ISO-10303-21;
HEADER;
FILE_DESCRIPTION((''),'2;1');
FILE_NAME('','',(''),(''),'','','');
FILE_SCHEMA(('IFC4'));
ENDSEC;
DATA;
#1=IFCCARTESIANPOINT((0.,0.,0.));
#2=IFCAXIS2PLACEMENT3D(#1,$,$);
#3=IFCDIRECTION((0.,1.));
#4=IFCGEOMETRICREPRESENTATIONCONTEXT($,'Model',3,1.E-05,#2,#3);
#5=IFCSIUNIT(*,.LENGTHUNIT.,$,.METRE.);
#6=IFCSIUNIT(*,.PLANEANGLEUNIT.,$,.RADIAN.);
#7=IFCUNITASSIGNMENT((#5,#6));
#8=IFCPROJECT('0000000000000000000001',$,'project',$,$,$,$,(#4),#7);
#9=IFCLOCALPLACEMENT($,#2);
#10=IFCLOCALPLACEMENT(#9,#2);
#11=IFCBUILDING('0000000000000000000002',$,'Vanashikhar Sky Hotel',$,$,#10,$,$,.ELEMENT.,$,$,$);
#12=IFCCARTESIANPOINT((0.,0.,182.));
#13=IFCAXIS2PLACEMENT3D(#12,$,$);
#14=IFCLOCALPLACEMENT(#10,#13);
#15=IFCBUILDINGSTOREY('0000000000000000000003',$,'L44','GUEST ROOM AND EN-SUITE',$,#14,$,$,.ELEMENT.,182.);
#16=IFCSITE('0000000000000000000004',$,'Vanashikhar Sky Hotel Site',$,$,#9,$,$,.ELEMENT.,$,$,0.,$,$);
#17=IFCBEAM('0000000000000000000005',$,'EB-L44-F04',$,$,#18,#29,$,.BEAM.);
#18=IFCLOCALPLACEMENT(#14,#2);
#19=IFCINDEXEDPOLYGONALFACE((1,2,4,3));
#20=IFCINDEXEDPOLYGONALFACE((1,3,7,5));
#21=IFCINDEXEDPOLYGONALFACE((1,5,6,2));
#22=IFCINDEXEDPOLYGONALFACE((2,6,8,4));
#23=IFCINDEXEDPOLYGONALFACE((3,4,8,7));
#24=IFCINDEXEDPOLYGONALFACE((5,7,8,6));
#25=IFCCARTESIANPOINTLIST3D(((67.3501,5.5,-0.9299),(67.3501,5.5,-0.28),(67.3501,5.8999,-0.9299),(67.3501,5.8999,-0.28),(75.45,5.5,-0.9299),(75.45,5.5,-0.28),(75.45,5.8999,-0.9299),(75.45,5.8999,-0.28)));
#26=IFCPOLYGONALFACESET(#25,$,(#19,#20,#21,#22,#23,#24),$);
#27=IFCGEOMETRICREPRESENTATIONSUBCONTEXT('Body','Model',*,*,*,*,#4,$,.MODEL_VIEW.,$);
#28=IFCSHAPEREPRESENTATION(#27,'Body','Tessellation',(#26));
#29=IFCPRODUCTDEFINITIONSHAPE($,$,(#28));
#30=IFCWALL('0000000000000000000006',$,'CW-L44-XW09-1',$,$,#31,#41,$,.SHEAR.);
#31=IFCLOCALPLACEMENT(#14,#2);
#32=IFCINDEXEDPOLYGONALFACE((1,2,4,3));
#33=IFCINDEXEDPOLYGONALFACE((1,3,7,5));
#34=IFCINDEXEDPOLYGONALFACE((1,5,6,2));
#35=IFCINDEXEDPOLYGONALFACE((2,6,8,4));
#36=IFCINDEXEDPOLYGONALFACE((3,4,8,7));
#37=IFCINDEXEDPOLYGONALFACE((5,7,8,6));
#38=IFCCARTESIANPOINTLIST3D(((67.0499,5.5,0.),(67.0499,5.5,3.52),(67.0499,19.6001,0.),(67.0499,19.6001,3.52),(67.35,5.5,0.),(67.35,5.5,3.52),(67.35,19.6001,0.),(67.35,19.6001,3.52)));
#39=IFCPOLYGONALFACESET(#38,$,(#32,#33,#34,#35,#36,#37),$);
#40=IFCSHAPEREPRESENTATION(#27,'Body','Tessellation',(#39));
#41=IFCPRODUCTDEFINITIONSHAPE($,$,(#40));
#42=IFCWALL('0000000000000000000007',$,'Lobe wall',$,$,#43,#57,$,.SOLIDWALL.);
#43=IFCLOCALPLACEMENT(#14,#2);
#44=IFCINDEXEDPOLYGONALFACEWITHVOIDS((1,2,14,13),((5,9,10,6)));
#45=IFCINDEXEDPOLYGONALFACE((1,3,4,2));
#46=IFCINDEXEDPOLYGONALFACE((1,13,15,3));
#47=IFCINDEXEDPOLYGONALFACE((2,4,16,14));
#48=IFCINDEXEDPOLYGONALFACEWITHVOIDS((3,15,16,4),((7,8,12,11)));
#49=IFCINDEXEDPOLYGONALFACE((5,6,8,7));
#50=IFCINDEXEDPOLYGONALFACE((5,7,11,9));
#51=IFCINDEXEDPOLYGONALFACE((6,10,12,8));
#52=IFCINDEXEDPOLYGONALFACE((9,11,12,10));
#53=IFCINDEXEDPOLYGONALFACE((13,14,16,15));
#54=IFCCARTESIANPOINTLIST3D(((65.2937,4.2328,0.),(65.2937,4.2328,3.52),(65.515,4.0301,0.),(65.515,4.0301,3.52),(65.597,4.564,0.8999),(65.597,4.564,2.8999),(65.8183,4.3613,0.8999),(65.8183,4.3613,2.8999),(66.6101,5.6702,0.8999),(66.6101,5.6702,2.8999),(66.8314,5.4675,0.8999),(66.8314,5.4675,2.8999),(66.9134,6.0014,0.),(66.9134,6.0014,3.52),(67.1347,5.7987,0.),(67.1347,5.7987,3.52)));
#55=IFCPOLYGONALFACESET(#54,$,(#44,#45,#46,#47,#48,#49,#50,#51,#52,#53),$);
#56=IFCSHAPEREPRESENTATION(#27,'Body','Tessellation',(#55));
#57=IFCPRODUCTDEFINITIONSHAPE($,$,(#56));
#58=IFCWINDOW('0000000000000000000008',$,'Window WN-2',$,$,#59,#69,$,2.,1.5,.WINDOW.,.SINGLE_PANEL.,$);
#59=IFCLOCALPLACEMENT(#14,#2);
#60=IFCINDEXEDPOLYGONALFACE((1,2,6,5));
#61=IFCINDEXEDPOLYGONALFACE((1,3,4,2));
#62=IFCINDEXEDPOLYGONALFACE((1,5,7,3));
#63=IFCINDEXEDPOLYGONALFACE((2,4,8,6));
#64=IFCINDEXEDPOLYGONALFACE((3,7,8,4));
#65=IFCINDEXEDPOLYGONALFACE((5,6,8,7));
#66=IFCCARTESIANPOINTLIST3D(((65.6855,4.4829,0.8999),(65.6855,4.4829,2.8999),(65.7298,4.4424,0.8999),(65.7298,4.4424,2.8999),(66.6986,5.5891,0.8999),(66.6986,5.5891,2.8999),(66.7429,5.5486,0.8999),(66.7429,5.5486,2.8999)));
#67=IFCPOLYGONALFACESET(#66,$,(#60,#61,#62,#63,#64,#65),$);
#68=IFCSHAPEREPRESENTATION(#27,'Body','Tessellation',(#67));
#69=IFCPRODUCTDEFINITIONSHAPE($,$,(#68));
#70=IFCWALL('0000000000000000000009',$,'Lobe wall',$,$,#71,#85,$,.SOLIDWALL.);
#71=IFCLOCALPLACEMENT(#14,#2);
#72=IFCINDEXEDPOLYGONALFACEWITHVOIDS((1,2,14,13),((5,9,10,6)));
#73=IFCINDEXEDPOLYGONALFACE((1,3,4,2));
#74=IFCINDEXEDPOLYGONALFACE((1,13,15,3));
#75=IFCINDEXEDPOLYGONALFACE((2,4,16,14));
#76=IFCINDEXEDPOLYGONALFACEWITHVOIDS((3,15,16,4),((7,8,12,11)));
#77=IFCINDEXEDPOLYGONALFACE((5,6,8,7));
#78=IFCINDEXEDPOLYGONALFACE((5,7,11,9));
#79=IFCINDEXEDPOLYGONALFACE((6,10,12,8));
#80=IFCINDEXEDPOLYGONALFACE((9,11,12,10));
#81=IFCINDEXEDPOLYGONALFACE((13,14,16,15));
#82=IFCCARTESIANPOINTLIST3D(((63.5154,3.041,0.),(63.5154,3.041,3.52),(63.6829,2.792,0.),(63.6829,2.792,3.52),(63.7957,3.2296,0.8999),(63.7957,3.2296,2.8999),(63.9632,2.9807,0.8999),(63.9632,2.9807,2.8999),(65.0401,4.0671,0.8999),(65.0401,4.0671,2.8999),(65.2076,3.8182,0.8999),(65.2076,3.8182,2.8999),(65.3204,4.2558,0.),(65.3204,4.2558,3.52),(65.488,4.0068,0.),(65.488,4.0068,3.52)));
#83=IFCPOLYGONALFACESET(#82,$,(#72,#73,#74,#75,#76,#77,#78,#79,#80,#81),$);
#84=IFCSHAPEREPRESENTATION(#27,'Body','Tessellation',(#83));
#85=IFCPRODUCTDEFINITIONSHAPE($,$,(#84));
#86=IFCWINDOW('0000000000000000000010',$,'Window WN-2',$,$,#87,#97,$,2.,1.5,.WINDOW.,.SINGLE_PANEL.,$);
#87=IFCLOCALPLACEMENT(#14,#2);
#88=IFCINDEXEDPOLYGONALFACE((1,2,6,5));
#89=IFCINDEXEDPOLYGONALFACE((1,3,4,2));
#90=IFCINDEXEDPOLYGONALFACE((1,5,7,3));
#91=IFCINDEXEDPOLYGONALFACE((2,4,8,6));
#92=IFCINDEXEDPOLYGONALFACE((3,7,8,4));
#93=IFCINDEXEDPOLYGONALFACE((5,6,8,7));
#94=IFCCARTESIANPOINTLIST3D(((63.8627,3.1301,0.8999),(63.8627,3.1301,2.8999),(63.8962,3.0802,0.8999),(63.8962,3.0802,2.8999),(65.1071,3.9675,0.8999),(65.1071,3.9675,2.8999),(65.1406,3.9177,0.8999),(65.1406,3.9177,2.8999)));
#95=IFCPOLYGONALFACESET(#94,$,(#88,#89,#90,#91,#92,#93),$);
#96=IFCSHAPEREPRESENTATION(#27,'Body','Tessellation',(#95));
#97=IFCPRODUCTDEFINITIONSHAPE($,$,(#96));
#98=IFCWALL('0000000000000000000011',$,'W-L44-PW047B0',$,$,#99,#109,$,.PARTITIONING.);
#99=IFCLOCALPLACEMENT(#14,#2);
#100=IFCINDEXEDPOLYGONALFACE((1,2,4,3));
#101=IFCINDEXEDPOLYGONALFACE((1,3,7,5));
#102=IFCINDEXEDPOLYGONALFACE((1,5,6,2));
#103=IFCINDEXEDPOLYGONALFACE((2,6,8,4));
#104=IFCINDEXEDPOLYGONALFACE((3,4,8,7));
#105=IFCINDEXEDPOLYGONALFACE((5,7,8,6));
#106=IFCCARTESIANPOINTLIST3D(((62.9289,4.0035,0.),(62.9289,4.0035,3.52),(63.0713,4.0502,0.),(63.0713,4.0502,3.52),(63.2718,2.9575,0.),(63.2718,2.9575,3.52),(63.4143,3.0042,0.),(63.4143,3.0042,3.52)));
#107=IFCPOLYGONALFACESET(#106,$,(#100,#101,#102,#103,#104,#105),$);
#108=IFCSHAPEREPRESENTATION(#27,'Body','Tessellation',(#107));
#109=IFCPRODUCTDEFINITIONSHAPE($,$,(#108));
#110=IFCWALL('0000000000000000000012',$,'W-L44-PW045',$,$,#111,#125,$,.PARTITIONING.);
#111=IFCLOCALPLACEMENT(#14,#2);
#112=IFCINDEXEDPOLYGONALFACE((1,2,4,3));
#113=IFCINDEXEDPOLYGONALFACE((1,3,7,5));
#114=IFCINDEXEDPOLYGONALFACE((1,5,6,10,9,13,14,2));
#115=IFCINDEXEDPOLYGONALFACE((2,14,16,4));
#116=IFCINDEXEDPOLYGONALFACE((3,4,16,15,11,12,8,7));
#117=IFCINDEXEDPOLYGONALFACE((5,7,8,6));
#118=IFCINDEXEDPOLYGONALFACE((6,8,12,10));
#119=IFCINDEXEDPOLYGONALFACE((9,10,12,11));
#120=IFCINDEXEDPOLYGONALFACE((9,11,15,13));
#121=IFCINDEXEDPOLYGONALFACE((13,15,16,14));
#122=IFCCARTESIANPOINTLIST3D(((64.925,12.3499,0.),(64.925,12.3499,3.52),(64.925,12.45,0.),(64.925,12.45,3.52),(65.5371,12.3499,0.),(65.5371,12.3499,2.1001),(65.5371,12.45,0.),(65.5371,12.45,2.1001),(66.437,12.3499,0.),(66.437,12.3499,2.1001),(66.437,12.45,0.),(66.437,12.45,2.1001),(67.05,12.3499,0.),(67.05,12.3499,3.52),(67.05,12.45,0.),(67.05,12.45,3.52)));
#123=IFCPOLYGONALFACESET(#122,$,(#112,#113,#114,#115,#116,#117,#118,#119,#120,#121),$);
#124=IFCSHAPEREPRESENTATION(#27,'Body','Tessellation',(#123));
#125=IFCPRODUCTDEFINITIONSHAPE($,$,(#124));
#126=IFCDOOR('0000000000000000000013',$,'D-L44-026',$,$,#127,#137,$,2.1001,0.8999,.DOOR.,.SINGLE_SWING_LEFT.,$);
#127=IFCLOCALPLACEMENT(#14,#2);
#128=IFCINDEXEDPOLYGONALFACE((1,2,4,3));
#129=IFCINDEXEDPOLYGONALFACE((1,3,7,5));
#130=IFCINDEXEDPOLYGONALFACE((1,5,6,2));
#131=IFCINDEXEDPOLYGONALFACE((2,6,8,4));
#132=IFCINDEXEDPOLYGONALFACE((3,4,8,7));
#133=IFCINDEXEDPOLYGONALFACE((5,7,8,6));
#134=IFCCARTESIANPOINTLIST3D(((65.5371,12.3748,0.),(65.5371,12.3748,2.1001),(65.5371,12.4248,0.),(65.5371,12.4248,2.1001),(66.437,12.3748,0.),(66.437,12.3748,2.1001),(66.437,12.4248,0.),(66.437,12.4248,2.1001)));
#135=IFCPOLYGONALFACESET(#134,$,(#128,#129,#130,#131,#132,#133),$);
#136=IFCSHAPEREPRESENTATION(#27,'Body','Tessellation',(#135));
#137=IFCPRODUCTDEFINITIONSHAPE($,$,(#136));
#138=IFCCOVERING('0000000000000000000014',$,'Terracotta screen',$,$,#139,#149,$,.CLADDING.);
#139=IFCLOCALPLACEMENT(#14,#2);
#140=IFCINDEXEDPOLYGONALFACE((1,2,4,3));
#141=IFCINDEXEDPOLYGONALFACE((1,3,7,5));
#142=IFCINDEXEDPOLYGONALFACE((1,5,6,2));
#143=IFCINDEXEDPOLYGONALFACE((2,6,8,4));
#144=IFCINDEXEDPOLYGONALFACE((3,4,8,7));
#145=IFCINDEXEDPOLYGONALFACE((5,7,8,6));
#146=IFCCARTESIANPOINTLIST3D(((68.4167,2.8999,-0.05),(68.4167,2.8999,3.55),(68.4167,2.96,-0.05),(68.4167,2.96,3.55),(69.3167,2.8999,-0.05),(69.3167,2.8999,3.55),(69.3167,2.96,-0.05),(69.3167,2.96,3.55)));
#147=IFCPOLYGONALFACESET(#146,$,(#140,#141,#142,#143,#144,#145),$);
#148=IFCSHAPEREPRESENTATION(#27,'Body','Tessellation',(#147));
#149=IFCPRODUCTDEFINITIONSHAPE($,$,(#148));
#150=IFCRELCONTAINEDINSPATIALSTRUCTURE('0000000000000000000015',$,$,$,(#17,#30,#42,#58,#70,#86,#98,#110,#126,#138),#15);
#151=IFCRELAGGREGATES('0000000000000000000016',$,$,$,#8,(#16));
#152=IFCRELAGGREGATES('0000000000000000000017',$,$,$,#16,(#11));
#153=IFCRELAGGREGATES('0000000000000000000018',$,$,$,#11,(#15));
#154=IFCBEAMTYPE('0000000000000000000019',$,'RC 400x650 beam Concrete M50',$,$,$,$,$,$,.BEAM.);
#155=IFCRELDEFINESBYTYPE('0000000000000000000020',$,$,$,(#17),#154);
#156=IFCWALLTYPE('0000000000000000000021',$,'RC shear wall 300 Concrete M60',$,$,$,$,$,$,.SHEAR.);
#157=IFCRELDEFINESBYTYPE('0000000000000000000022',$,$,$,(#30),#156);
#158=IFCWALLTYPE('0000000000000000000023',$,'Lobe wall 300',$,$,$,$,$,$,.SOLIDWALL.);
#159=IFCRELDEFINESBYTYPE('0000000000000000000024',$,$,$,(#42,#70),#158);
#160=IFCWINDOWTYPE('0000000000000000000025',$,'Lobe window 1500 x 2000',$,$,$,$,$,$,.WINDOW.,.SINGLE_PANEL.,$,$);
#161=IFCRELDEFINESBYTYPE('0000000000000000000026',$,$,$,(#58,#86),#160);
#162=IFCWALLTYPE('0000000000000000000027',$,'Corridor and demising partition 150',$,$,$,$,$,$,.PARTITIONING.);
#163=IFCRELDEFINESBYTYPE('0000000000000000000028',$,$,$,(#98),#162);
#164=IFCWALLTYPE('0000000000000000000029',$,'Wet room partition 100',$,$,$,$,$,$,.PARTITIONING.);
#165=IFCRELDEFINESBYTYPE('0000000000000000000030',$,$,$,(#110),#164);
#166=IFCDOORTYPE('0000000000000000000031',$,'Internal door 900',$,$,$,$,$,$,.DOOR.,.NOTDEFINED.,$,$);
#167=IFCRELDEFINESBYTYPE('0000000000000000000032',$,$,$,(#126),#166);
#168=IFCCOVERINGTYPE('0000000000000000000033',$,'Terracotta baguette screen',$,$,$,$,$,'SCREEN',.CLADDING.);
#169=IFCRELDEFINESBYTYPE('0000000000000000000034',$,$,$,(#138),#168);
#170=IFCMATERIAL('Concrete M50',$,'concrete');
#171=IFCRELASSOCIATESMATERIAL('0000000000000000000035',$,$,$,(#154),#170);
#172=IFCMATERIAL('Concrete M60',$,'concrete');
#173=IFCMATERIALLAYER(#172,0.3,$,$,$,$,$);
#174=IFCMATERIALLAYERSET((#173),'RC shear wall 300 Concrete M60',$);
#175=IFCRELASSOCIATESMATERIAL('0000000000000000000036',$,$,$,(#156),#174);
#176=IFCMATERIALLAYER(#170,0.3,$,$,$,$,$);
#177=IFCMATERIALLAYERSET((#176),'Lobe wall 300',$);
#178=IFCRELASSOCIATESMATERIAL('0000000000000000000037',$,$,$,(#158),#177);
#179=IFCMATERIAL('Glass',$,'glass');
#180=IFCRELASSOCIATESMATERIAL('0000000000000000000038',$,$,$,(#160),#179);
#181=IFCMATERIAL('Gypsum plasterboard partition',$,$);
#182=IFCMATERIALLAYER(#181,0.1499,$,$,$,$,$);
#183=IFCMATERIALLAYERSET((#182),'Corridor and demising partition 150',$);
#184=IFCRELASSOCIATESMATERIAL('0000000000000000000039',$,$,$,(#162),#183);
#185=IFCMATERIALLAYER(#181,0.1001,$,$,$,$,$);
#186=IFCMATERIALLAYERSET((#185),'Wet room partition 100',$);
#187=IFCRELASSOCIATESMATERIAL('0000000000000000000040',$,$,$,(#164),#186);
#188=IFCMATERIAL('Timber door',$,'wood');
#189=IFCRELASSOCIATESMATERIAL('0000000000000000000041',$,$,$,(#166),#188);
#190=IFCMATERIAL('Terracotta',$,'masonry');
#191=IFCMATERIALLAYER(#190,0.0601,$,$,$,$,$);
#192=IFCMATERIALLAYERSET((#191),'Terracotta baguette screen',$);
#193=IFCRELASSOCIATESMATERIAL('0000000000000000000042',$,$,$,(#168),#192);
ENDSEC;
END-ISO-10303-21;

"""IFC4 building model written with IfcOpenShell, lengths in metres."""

from ifc_helpers import new_model, si_unit, direction, frame, frame_2d, origin, origin_2d, place, context, subcontext, project, spatial, rectangle, extrude, source, transform, mapped, material, layer, layer_set, material_profile, profile_set, type_object, element, fill, save


model = new_model("IFC4")

# Units and contexts
model_context = context("Model", 3, precision=1e-05, world=origin(), true_north=direction((0.0, 1.0)))
body_context = subcontext(model_context, "Body", "Model", "MODEL_VIEW")
ifc_project = project(units=[si_unit("LENGTHUNIT", "METRE"), si_unit("PLANEANGLEUNIT", "RADIAN")], contexts=[model_context])

# Site, building, storey
site_placement = place(None, origin())
site = spatial("IfcSite", under=ifc_project, at=site_placement, Name="Vanashikhar Sky Hotel Site", CompositionType="ELEMENT", RefElevation=0.0)
building_placement = place(site_placement, origin())
building = spatial("IfcBuilding", under=site, at=building_placement, Name="Vanashikhar Sky Hotel", CompositionType="ELEMENT")
storey_placement = place(building_placement, frame((0.0, 0.0, 182.0)))
storey = spatial("IfcBuildingStorey", under=building, at=storey_placement, Name="L44", Description="GUEST ROOM AND EN-SUITE", CompositionType="ELEMENT", Elevation=182.0)

# Beam
ifc_material_1 = material(Name="Concrete M50", Category="concrete")
ifc_material_profile_1 = material_profile(ifc_material_1, rectangle(XDim=0.3999, YDim=0.6499, at=origin_2d()))
ifc_profile_set_1 = profile_set([ifc_material_profile_1], Name="RC 400x650 beam Concrete M50")
beam_type = type_object("IfcBeamType", Name="RC 400x650 beam Concrete M50", PredefinedType="BEAM", material=ifc_profile_set_1)
shared_shape_1 = source(origin(), body_context, "Body", "SweptSolid", [
    extrude(rectangle(XDim=0.3999, YDim=0.6499, at=origin_2d()), origin(), (0.0, 0.0, 1.0), 8.0999),
])
beam_placement = place(storey_placement, frame((67.3501, 5.7, -0.605), z_axis=(1.0, 0.0, 0.0), x_axis=(0.0, 1.0, 0.0)))
element("IfcBeam", 1, at=beam_placement, inside=storey, type_object=beam_type, Name="EB-L44-F04", PredefinedType="BEAM", context=body_context, shape_type="MappedRepresentation", body=[
    mapped(shared_shape_1, transform((0.0, 0.0, 0.0), scale=1.0)),
])

# Wall
ifc_material_2 = material(Name="Concrete M60", Category="concrete")
ifc_layer_1 = layer(ifc_material_2, 0.3)
ifc_layer_set_1 = layer_set([ifc_layer_1], Name="RC shear wall 300 Concrete M60")
wall_type_1 = type_object("IfcWallType", Name="RC shear wall 300 Concrete M60", PredefinedType="SHEAR", material=ifc_layer_set_1)
shared_shape_2 = source(origin(), body_context, "Body", "SweptSolid", [
    extrude(rectangle(XDim=14.1001, YDim=0.3, at=frame_2d((7.05, 0.0))), origin(), (0.0, 0.0, 1.0), 3.52),
])
wall_1_placement = place(storey_placement, frame((67.2, 5.5, 0.0), z_axis=(0.0, 0.0, 1.0), x_axis=(0.0, 1.0, 0.0)))
element("IfcWall", 2, at=wall_1_placement, inside=storey, type_object=wall_type_1, Name="CW-L44-XW09-1", PredefinedType="SHEAR", context=body_context, shape_type="MappedRepresentation", body=[
    mapped(shared_shape_2, transform((0.0, 0.0, 0.0), scale=1.0)),
])

# Walls, openings, windows
ifc_layer_2 = layer(ifc_material_1, 0.3)
ifc_layer_set_2 = layer_set([ifc_layer_2], Name="Lobe wall 300")
wall_type_2 = type_object("IfcWallType", Name="Lobe wall 300", PredefinedType="SOLIDWALL", material=ifc_layer_set_2)
shared_shape_3 = source(origin(), body_context, "Body", "SweptSolid", [
    extrude(rectangle(XDim=2.3982, YDim=0.3, at=frame_2d((1.1992, 0.0))), origin(), (0.0, 0.0, 1.0), 3.52),
])
wall_2_placement = place(storey_placement, frame((65.4043, 4.1313, 0.0), z_axis=(0.0, 0.0, 1.0), x_axis=(0.675374, 0.737475, 0.0)))
wall_2 = element("IfcWall", 3, at=wall_2_placement, inside=storey, type_object=wall_type_2, Name="Lobe wall", PredefinedType="SOLIDWALL", context=body_context, shape_type="MappedRepresentation", body=[
    mapped(shared_shape_3, transform((0.0, 0.0, 0.0), scale=1.0)),
])
shared_shape_4 = source(origin(), body_context, "Body", "SweptSolid", [
    extrude(rectangle(XDim=1.5, YDim=2.0, at=frame_2d((0.75, 1.0))), frame((0.0, 0.1602, 0.0), z_axis=(0.0, -1.0, 0.0), x_axis=(1.0, 0.0, 0.0)), (0.0, 0.0, 1.0), 0.3201),
])
opening_1_placement = place(wall_2_placement, frame((0.4492, 0.0, 0.8999)))
opening_1 = element("IfcOpeningElement", 4, at=opening_1_placement, cuts=wall_2, PredefinedType="OPENING", context=body_context, shape_type="MappedRepresentation", body=[
    mapped(shared_shape_4, transform((0.0, 0.0, 0.0), scale=1.0)),
])
ifc_material_3 = material(Name="Glass", Category="glass")
window_type_1 = type_object("IfcWindowType", Name="Lobe window 1500 x 2000", PartitioningType="SINGLE_PANEL", PredefinedType="WINDOW", material=ifc_material_3)
shared_shape_5 = source(origin(), body_context, "Body", "SweptSolid", [
    extrude(rectangle(XDim=1.5, YDim=2.0, at=frame_2d((0.75, 1.0))), frame((0.0, 0.03, 0.0), z_axis=(0.0, -1.0, 0.0), x_axis=(1.0, 0.0, 0.0)), (0.0, 0.0, 1.0), 0.0601),
])
window_1_placement = place(opening_1_placement, origin())
window_1 = element("IfcWindow", 5, at=window_1_placement, inside=storey, type_object=window_type_1, Name="Window WN-2", OverallHeight=2.0, OverallWidth=1.5, PartitioningType="SINGLE_PANEL", PredefinedType="WINDOW", context=body_context, shape_type="MappedRepresentation", body=[
    mapped(shared_shape_5, transform((0.0, 0.0, 0.0), scale=1.0)),
])
fill(opening_1, window_1)
shared_shape_6 = source(origin(), body_context, "Body", "SweptSolid", [
    extrude(rectangle(XDim=2.1758, YDim=0.3, at=frame_2d((1.0879, 0.0))), origin(), (0.0, 0.0, 1.0), 3.52),
])
wall_3_placement = place(storey_placement, frame((63.5991, 2.9165, 0.0), z_axis=(0.0, 0.0, 1.0), x_axis=(0.829626, 0.55832, 0.0)))
wall_3 = element("IfcWall", 6, at=wall_3_placement, inside=storey, type_object=wall_type_2, Name="Lobe wall", PredefinedType="SOLIDWALL", context=body_context, shape_type="MappedRepresentation", body=[
    mapped(shared_shape_6, transform((0.0, 0.0, 0.0), scale=1.0)),
])
opening_2_placement = place(wall_3_placement, frame((0.3379, 0.0, 0.8999)))
opening_2 = element("IfcOpeningElement", 7, at=opening_2_placement, cuts=wall_3, PredefinedType="OPENING", context=body_context, shape_type="MappedRepresentation", body=[
    mapped(shared_shape_4, transform((0.0, 0.0, 0.0), scale=1.0)),
])
window_2_placement = place(opening_2_placement, origin())
window_2 = element("IfcWindow", 8, at=window_2_placement, inside=storey, type_object=window_type_1, Name="Window WN-2", OverallHeight=2.0, OverallWidth=1.5, PartitioningType="SINGLE_PANEL", PredefinedType="WINDOW", context=body_context, shape_type="MappedRepresentation", body=[
    mapped(shared_shape_5, transform((0.0, 0.0, 0.0), scale=1.0)),
])
fill(opening_2, window_2)

# Wall
ifc_material_4 = material(Name="Gypsum plasterboard partition")
ifc_layer_3 = layer(ifc_material_4, 0.1499)
ifc_layer_set_3 = layer_set([ifc_layer_3], Name="Corridor and demising partition 150")
wall_type_3 = type_object("IfcWallType", Name="Corridor and demising partition 150", PredefinedType="PARTITIONING", material=ifc_layer_set_3)
shared_shape_7 = source(origin(), body_context, "Body", "SweptSolid", [
    extrude(rectangle(XDim=1.1008, YDim=0.1499, at=frame_2d((0.5503, 0.0))), origin(), (0.0, 0.0, 1.0), 3.52),
])
wall_4_placement = place(storey_placement, frame((63.343, 2.981, 0.0), z_axis=(0.0, 0.0, 1.0), x_axis=(-0.311567, 0.950224, 0.0)))
element("IfcWall", 9, at=wall_4_placement, inside=storey, type_object=wall_type_3, Name="W-L44-PW047B0", PredefinedType="PARTITIONING", context=body_context, shape_type="MappedRepresentation", body=[
    mapped(shared_shape_7, transform((0.0, 0.0, 0.0), scale=1.0)),
])

# Wall, opening, door
ifc_layer_4 = layer(ifc_material_4, 0.1001)
ifc_layer_set_4 = layer_set([ifc_layer_4], Name="Wet room partition 100")
wall_type_4 = type_object("IfcWallType", Name="Wet room partition 100", PredefinedType="PARTITIONING", material=ifc_layer_set_4)
shared_shape_8 = source(origin(), body_context, "Body", "SweptSolid", [
    extrude(rectangle(XDim=2.125, YDim=0.1001, at=frame_2d((1.0625, 0.0))), origin(), (0.0, 0.0, 1.0), 3.52),
])
wall_5_placement = place(storey_placement, frame((64.925, 12.3999, 0.0), z_axis=(0.0, 0.0, 1.0), x_axis=(1.0, 0.0, 0.0)))
wall_5 = element("IfcWall", 10, at=wall_5_placement, inside=storey, type_object=wall_type_4, Name="W-L44-PW045", PredefinedType="PARTITIONING", context=body_context, shape_type="MappedRepresentation", body=[
    mapped(shared_shape_8, transform((0.0, 0.0, 0.0), scale=1.0)),
])
shared_shape_9 = source(origin(), body_context, "Body", "SweptSolid", [
    extrude(rectangle(XDim=0.8999, YDim=2.1001, at=frame_2d((0.45, 1.05))), frame((0.0, 0.0601, 0.0), z_axis=(0.0, -1.0, 0.0), x_axis=(1.0, 0.0, 0.0)), (0.0, 0.0, 1.0), 0.1201),
])
opening_3_placement = place(wall_5_placement, frame((0.6121, 0.0, 0.0)))
opening_3 = element("IfcOpeningElement", 11, at=opening_3_placement, cuts=wall_5, PredefinedType="OPENING", context=body_context, shape_type="MappedRepresentation", body=[
    mapped(shared_shape_9, transform((0.0, 0.0, 0.0), scale=1.0)),
])
ifc_material_5 = material(Name="Timber door", Category="wood")
door_type_1 = type_object("IfcDoorType", Name="Internal door 900", OperationType="NOTDEFINED", PredefinedType="DOOR", material=ifc_material_5)
shared_shape_10 = source(origin(), body_context, "Body", "SweptSolid", [
    extrude(rectangle(XDim=0.8999, YDim=2.1001, at=frame_2d((0.45, 1.05))), frame((0.0, 0.0249, 0.0), z_axis=(0.0, -1.0, 0.0), x_axis=(1.0, 0.0, 0.0)), (0.0, 0.0, 1.0), 0.05),
])
door_1_placement = place(opening_3_placement, origin())
door_1 = element("IfcDoor", 12, at=door_1_placement, inside=storey, type_object=door_type_1, Name="D-L44-026", OperationType="SINGLE_SWING_LEFT", OverallHeight=2.1001, OverallWidth=0.8999, PredefinedType="DOOR", context=body_context, shape_type="MappedRepresentation", body=[
    mapped(shared_shape_10, transform((0.0, 0.0, 0.0), scale=1.0)),
])
fill(opening_3, door_1)

# Covering
ifc_material_6 = material(Name="Terracotta", Category="masonry")
ifc_layer_5 = layer(ifc_material_6, 0.0601)
ifc_layer_set_5 = layer_set([ifc_layer_5], Name="Terracotta baguette screen")
covering_type_1 = type_object("IfcCoveringType", Name="Terracotta baguette screen", ElementType="SCREEN", PredefinedType="CLADDING", material=ifc_layer_set_5)
shared_shape_11 = source(origin(), body_context, "Body", "SweptSolid", [
    extrude(rectangle(XDim=0.8999, YDim=0.0601, at=origin_2d()), origin(), (0.0, 0.0, 1.0), 3.6001),
])
covering_placement = place(storey_placement, frame((68.8667, 2.9299, -0.05), z_axis=(0.0, 0.0, 1.0), x_axis=(1.0, 0.0, 0.0)))
element("IfcCovering", 13, at=covering_placement, inside=storey, type_object=covering_type_1, Name="Terracotta screen", PredefinedType="CLADDING", context=body_context, shape_type="MappedRepresentation", body=[
    mapped(shared_shape_11, transform((0.0, 0.0, 0.0), scale=1.0)),
])

save(model, "model.ifc")
